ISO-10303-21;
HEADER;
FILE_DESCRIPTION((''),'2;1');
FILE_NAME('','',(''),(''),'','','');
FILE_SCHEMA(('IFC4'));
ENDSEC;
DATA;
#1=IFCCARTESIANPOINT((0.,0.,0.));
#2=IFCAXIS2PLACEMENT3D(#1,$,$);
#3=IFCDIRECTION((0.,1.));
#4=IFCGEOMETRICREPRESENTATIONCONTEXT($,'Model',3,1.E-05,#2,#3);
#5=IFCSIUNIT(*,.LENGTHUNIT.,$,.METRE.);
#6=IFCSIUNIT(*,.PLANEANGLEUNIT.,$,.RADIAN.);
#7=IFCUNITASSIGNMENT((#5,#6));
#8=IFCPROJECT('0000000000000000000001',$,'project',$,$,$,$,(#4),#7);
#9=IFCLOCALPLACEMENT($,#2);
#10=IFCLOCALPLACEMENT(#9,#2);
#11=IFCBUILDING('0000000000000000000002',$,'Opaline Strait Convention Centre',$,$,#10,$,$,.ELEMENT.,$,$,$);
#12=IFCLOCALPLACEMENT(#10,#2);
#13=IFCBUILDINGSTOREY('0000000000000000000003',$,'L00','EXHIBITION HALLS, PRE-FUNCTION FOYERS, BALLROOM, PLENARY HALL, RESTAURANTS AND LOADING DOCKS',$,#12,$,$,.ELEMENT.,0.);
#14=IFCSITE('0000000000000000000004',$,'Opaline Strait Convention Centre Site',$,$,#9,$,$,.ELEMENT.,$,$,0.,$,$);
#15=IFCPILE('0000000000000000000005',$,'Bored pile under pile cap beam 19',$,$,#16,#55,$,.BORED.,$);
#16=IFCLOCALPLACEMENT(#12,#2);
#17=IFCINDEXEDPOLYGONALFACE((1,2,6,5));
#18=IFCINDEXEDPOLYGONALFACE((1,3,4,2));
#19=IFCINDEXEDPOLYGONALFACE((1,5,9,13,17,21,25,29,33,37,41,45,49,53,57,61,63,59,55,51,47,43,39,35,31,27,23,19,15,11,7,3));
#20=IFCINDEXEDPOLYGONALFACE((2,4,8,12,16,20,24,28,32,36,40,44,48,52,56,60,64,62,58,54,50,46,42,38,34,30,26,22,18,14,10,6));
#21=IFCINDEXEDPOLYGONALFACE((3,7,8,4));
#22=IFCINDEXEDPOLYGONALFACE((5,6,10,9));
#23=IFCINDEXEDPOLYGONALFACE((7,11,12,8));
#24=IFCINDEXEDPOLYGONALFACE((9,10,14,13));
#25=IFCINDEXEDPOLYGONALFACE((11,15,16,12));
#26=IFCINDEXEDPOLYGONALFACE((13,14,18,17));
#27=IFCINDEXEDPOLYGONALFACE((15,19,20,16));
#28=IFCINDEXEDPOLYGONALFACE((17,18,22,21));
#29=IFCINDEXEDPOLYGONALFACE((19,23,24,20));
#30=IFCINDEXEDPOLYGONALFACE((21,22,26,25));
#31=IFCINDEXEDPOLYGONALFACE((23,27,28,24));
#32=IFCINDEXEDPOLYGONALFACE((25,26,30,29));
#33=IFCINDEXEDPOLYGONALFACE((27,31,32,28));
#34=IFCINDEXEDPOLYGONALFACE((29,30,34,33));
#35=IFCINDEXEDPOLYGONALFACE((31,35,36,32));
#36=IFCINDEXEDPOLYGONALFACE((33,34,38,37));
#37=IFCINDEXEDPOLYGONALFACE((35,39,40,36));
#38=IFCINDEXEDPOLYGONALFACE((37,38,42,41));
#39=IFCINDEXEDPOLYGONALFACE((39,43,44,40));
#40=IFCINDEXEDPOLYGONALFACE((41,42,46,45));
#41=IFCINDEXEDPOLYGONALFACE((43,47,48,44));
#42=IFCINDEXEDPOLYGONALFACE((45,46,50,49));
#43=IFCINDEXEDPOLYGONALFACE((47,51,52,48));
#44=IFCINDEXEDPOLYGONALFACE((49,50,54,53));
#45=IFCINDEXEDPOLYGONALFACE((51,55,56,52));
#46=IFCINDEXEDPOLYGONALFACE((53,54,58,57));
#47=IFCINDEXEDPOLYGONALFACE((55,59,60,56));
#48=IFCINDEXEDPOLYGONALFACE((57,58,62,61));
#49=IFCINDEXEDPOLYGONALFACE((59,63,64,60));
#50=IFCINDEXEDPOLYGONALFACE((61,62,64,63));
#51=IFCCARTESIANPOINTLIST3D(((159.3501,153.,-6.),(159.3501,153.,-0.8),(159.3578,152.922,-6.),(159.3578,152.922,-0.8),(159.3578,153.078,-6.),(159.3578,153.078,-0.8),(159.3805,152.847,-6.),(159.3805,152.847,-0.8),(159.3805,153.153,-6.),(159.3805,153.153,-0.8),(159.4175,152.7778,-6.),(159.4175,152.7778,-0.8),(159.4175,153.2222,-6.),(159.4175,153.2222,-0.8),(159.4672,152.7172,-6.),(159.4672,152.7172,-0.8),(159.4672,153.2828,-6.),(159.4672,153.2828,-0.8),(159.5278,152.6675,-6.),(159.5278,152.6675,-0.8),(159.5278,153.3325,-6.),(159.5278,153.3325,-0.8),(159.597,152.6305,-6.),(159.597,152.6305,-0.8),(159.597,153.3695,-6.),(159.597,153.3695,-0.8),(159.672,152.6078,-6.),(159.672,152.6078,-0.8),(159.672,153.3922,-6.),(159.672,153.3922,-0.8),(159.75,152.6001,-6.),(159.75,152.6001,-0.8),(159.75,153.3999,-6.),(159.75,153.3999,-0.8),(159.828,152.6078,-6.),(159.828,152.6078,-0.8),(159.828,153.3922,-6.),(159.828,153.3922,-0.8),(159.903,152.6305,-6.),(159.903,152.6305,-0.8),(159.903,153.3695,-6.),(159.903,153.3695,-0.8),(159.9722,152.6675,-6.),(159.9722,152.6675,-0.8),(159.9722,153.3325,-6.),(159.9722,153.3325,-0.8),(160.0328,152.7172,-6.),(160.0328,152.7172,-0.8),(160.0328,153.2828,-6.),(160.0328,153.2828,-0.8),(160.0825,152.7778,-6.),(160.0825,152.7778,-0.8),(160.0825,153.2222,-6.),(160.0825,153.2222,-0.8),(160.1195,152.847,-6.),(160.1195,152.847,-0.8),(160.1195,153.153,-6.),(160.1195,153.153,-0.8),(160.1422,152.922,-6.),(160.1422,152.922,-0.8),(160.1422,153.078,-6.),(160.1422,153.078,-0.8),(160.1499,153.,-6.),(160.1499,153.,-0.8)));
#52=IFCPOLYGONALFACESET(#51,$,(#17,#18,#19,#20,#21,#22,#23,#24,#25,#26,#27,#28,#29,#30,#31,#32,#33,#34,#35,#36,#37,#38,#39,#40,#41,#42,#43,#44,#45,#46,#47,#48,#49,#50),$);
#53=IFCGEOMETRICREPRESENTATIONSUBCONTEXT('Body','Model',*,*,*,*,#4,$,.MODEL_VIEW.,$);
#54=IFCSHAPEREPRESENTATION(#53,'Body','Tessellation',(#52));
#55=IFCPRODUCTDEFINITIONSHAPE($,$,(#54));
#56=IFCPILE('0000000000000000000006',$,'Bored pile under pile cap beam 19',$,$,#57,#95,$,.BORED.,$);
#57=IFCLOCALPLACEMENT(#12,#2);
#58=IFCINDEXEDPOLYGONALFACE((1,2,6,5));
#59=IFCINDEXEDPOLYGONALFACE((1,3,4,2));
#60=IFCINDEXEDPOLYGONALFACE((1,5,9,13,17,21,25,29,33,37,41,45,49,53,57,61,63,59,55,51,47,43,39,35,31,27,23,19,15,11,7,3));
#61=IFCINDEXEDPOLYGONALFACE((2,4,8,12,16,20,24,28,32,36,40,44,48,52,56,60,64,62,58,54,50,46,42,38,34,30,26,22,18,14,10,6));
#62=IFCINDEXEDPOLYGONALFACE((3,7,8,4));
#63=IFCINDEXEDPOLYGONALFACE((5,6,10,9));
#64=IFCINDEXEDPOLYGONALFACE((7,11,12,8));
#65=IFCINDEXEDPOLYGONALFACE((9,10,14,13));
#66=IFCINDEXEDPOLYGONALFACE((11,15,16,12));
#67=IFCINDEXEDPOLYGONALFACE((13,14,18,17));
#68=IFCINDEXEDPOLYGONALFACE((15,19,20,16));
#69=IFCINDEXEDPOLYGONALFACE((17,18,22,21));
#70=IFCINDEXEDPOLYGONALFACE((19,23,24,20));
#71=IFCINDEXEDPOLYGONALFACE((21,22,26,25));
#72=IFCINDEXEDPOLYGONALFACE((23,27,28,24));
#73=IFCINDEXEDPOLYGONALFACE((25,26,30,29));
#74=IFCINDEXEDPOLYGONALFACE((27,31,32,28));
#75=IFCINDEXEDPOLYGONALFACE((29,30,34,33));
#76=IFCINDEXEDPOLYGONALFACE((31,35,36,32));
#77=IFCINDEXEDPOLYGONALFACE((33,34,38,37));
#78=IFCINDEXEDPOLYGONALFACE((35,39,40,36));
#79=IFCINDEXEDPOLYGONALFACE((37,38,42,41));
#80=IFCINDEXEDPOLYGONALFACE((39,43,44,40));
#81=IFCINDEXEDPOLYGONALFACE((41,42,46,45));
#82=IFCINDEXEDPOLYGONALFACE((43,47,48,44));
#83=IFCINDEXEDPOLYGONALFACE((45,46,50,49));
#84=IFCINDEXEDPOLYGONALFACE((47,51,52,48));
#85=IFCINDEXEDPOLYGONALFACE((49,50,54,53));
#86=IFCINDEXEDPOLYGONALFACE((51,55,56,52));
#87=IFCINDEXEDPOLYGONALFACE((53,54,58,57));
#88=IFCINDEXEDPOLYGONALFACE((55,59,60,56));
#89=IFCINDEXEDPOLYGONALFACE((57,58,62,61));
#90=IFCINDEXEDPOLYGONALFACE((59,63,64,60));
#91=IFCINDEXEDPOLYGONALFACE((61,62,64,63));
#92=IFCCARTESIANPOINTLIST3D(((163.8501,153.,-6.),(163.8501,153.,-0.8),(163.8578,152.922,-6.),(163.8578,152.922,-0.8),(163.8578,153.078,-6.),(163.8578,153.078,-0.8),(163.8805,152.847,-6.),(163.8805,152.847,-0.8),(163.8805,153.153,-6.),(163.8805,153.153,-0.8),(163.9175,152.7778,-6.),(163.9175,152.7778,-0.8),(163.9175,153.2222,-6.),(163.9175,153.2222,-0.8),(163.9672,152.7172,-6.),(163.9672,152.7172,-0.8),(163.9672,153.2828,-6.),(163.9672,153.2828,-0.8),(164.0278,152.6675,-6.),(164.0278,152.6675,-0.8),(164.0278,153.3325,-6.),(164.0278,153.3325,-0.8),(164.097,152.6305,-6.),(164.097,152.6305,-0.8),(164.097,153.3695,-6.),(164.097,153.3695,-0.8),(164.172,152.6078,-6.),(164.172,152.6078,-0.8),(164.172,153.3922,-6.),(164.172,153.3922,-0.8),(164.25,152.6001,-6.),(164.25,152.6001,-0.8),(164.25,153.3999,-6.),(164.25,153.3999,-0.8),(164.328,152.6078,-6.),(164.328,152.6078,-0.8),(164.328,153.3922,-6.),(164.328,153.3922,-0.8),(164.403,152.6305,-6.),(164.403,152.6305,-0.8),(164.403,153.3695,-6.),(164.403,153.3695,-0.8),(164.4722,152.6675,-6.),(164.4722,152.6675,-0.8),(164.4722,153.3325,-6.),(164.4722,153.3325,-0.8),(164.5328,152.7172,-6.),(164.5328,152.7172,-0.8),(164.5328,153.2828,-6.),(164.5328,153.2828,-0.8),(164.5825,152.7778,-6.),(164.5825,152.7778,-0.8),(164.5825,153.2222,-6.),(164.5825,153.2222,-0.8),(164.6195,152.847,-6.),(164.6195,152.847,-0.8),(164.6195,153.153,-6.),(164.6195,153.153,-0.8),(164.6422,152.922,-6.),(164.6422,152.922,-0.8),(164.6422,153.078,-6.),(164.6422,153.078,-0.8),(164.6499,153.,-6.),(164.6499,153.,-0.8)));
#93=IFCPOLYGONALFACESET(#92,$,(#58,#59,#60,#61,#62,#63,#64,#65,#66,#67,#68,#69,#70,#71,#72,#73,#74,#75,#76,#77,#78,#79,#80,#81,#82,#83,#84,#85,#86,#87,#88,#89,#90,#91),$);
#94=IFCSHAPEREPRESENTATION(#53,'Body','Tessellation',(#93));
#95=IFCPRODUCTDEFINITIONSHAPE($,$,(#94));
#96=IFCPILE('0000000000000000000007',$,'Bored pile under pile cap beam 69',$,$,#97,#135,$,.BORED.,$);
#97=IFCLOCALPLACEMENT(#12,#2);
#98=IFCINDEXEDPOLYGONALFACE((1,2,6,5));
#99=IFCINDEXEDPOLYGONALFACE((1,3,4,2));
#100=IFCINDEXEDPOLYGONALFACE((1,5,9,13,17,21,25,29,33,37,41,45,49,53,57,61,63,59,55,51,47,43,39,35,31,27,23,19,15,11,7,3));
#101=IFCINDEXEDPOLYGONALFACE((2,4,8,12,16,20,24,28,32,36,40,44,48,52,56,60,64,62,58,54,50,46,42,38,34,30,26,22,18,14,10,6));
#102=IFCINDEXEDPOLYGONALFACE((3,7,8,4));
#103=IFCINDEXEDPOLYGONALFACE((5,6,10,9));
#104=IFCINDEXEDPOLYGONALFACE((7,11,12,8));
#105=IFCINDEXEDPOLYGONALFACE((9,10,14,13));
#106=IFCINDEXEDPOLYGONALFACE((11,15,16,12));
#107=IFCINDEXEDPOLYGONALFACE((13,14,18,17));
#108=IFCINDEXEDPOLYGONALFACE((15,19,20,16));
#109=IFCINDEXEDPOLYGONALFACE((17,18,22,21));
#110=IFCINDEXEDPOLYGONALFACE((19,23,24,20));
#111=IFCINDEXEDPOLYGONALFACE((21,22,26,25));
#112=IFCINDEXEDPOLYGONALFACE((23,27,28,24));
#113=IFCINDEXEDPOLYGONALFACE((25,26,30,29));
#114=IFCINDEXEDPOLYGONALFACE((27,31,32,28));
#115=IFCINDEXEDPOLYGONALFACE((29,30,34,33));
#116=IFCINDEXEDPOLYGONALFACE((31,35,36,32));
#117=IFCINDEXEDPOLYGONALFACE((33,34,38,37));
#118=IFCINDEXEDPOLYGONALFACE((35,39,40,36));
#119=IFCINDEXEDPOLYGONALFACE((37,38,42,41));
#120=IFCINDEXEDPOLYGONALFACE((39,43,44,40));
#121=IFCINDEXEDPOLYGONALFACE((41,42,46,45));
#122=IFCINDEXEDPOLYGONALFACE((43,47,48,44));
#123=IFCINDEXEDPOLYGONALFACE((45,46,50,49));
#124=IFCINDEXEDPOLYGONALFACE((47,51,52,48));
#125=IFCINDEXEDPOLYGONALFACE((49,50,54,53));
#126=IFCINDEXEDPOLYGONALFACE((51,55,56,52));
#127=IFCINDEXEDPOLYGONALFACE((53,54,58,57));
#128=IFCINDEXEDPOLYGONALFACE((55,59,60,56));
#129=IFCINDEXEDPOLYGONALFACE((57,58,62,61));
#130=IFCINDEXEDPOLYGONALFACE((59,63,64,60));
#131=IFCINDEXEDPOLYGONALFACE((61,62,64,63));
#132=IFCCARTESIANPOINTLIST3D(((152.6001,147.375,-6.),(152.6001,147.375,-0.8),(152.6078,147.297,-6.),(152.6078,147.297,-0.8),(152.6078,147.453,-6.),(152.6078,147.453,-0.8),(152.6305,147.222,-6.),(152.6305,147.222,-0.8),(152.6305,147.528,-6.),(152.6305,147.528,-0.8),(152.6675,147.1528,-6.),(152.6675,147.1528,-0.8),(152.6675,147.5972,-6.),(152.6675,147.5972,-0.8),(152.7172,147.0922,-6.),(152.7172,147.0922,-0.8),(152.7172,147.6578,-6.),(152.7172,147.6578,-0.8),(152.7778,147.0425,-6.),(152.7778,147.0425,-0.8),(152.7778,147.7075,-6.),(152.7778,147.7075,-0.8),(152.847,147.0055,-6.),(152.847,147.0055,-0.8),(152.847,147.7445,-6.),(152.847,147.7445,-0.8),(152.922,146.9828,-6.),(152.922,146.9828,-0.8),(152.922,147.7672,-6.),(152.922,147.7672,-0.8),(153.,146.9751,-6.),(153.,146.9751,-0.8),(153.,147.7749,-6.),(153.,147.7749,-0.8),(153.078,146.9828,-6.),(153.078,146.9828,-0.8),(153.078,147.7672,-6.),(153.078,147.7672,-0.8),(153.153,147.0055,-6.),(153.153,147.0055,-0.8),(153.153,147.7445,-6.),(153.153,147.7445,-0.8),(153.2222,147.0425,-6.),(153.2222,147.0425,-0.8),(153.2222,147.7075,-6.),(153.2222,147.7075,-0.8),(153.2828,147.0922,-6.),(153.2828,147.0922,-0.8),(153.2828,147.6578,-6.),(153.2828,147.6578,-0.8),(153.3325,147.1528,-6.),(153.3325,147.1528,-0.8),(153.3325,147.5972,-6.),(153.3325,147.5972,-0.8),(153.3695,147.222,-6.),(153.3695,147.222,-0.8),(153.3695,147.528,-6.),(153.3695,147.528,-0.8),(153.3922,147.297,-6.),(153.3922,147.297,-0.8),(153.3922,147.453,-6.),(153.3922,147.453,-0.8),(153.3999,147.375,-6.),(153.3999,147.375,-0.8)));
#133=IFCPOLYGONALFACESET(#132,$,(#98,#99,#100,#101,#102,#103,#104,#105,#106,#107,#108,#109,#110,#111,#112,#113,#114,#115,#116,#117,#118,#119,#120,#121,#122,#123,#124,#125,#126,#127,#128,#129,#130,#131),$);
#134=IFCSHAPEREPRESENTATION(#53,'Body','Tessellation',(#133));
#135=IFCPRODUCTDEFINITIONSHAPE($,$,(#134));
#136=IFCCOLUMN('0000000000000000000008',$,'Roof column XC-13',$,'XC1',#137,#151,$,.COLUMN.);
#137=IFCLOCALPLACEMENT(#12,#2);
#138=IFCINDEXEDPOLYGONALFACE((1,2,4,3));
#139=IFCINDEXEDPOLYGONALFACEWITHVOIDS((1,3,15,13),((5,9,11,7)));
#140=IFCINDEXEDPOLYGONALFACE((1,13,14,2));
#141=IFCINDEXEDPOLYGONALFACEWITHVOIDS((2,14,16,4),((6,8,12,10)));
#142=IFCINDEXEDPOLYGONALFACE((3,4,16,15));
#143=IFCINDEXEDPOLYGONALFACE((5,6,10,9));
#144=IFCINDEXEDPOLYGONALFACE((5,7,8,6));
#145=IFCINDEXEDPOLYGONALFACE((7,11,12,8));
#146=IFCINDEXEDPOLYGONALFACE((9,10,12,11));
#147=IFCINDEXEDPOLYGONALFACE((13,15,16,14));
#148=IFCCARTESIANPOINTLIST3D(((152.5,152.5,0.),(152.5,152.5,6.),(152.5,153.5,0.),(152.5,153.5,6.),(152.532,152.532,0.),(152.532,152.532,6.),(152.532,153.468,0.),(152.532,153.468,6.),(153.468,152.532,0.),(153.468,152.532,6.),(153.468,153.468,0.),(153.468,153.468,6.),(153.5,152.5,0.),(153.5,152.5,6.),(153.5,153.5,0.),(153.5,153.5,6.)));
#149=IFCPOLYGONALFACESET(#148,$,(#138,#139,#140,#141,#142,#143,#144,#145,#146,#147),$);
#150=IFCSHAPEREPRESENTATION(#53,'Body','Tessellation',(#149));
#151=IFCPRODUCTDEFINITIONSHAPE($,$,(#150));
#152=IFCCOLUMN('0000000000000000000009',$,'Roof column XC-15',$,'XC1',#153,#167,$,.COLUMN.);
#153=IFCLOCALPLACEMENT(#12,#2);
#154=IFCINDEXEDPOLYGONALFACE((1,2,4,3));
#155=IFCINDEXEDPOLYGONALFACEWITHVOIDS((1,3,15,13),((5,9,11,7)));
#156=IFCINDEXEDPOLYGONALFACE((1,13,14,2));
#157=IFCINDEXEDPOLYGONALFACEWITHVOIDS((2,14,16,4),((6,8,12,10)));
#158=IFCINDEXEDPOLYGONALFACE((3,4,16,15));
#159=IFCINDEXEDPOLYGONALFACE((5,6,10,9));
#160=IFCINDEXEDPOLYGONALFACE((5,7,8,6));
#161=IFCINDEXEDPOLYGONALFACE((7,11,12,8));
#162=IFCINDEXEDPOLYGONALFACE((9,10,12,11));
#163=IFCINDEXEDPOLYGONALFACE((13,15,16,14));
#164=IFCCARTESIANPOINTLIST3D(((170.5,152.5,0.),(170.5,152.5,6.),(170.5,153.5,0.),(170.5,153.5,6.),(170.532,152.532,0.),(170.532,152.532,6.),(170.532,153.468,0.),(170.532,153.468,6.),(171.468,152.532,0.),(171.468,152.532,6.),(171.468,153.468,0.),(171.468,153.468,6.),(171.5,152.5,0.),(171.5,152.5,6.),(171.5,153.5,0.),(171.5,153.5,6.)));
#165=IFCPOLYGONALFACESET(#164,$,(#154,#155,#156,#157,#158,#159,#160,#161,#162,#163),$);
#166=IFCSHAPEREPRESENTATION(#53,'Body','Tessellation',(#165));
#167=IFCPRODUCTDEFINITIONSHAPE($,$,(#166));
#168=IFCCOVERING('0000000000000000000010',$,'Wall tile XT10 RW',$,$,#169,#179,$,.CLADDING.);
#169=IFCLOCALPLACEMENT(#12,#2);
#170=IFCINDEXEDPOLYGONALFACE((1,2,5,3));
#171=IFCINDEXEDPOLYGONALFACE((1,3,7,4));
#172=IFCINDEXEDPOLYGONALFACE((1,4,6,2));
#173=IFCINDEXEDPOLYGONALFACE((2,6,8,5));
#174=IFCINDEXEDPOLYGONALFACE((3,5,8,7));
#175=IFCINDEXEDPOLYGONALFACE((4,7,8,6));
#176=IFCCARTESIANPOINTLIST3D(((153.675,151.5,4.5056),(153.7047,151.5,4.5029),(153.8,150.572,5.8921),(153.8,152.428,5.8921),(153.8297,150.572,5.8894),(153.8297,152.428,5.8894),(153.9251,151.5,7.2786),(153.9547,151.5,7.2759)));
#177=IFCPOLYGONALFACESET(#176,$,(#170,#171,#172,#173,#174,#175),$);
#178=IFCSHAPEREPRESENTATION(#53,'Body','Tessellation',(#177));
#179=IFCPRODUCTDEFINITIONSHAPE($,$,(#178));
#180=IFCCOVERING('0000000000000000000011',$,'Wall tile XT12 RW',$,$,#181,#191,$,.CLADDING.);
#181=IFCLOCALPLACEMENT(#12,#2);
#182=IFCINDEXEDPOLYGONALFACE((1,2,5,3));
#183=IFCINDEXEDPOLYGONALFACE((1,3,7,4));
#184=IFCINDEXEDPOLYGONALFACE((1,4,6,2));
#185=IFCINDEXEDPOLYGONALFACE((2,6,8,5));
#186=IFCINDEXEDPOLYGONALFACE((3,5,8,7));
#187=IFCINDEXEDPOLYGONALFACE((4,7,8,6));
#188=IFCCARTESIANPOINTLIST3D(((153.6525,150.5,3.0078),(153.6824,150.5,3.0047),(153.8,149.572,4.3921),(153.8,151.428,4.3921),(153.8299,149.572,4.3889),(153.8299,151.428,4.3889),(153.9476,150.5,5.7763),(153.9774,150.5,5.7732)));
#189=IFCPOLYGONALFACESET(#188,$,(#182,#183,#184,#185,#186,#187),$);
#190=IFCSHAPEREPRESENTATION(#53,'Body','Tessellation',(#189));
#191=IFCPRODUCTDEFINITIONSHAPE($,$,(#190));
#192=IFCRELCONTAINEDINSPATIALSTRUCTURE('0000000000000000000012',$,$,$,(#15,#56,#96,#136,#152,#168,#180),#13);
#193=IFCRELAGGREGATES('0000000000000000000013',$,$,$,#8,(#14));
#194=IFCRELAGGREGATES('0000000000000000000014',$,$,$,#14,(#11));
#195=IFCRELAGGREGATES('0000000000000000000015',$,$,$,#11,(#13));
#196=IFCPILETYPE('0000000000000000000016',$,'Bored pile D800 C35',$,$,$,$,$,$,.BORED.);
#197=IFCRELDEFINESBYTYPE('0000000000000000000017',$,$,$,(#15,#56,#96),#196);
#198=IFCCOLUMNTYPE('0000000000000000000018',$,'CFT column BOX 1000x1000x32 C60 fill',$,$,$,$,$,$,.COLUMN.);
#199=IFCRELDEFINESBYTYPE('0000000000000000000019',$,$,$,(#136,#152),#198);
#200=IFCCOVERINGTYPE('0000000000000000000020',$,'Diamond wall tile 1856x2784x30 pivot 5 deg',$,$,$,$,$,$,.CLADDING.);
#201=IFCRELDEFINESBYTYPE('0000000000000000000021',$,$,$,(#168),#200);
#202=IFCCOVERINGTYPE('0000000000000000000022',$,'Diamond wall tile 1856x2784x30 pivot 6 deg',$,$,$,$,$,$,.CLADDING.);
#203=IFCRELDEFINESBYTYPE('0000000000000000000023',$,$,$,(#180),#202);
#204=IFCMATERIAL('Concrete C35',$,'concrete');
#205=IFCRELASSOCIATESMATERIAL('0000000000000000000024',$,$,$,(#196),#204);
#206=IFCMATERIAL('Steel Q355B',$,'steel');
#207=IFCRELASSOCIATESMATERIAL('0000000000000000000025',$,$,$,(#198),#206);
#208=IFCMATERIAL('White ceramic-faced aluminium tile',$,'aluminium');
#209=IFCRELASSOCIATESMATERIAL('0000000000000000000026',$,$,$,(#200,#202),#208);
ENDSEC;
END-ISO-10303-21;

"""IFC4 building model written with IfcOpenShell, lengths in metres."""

from ifc_helpers import new_model, si_unit, direction, frame, origin, origin_2d, place, context, subcontext, project, spatial, polyline, hollow_rectangle, circle, outline, extrude, material, material_profile, profile_set, type_object, element, save


model = new_model("IFC4")

# Units and contexts
model_context = context("Model", 3, precision=1e-05, world=origin(), true_north=direction((0.0, 1.0)))
body_context = subcontext(model_context, "Body", "Model", "MODEL_VIEW")
ifc_project = project(units=[si_unit("LENGTHUNIT", "METRE"), si_unit("PLANEANGLEUNIT", "RADIAN")], contexts=[model_context])

# Site, building, storey
site_placement = place(None, origin())
site = spatial("IfcSite", under=ifc_project, at=site_placement, Name="Opaline Strait Convention Centre Site", CompositionType="ELEMENT", RefElevation=0.0)
building_placement = place(site_placement, origin())
building = spatial("IfcBuilding", under=site, at=building_placement, Name="Opaline Strait Convention Centre", CompositionType="ELEMENT")
storey_placement = place(building_placement, origin())
storey = spatial("IfcBuildingStorey", under=building, at=storey_placement, Name="L00", Description="EXHIBITION HALLS, PRE-FUNCTION FOYERS, BALLROOM, PLENARY HALL, RESTAURANTS AND LOADING DOCKS", CompositionType="ELEMENT", Elevation=0.0)

# Piles
ifc_material_1 = material(Name="Concrete C35", Category="concrete")
ifc_material_profile_1 = material_profile(ifc_material_1, circle(Radius=0.3999, at=origin_2d()), Name="D800")
ifc_profile_set_1 = profile_set([ifc_material_profile_1], Name="Concrete C35")
pile_type_1 = type_object("IfcPileType", Name="Bored pile D800 C35", PredefinedType="BORED", material=ifc_profile_set_1)
for number, where, z_axis, x_axis, name in (
    (1, (159.75, 153.0, -0.8), (0.0, 0.0, -1.0), (1.0, 0.0, 0.0), "Bored pile under pile cap beam 19"),
    (2, (164.25, 153.0, -0.8), (0.0, 0.0, -1.0), (1.0, 0.0, 0.0), "Bored pile under pile cap beam 19"),
    (3, (153.0, 147.375, -0.8), (0.0, 0.0, -1.0), (1.0, 0.0, 0.0), "Bored pile under pile cap beam 69"),
):
    element("IfcPile", number, at=place(storey_placement, frame(where, z_axis=z_axis, x_axis=x_axis)), inside=storey, type_object=pile_type_1, Name=name, PredefinedType="BORED", context=body_context, shape_type="SweptSolid", body=[
        extrude(circle(Radius=0.3999, at=origin_2d()), origin(), (0.0, 0.0, 1.0), 5.2),
    ])

# Columns
ifc_material_2 = material(Name="Steel Q355B", Category="steel")
ifc_material_profile_2 = material_profile(ifc_material_2, hollow_rectangle(XDim=1.0, YDim=1.0, WallThickness=0.032, at=origin_2d()), Name="BOX 1000x1000x32")
ifc_profile_set_2 = profile_set([ifc_material_profile_2], Name="Steel Q355B")
column_type = type_object("IfcColumnType", Name="CFT column BOX 1000x1000x32 C60 fill", PredefinedType="COLUMN", material=ifc_profile_set_2)
for number, where, z_axis, x_axis, name in (
    (4, (153.0, 153.0, 0.0), (0.0, 0.0, 1.0), (1.0, 0.0, 0.0), "Roof column XC-13"),
    (5, (171.0, 153.0, 0.0), (0.0, 0.0, 1.0), (1.0, 0.0, 0.0), "Roof column XC-15"),
):
    element("IfcColumn", number, at=place(storey_placement, frame(where, z_axis=z_axis, x_axis=x_axis)), inside=storey, type_object=column_type, Name=name, ObjectType="XC1", PredefinedType="COLUMN", context=body_context, shape_type="SweptSolid", body=[
        extrude(hollow_rectangle(XDim=1.0, YDim=1.0, WallThickness=0.032, at=origin_2d()), origin(), (0.0, 0.0, 1.0), 6.0),
    ])

# Coverings
ifc_material_3 = material(Name="White ceramic-faced aluminium tile", Category="aluminium")
ifc_material_profile_3 = material_profile(ifc_material_3, outline(polyline([(0.928, 0.0), (0.0, 1.3921), (-0.928, 0.0), (0.0, -1.3921), (0.928, 0.0)])), Name="Diamond tile 1856x2784")
ifc_profile_set_3 = profile_set([ifc_material_profile_3], Name="White ceramic-faced aluminium tile")
covering_type_1 = type_object("IfcCoveringType", Name="Diamond wall tile 1856x2784x30 pivot 5 deg", PredefinedType="CLADDING", material=ifc_profile_set_3)
covering_1_placement = place(storey_placement, frame((153.8, 151.5, 5.8921), z_axis=(0.99596, 0.0, -0.0898), x_axis=(0.0, 1.0, 0.0)))
element("IfcCovering", 6, at=covering_1_placement, inside=storey, type_object=covering_type_1, Name="Wall tile XT10 RW", PredefinedType="CLADDING", context=body_context, shape_type="SweptSolid", body=[
    extrude(outline(polyline([(0.928, 0.0), (0.0, 1.3921), (-0.928, 0.0), (0.0, -1.3921), (0.928, 0.0)])), origin(), (0.0, 0.0, 1.0), 0.0298),
])
ifc_material_profile_4 = material_profile(ifc_material_3, outline(polyline([(0.928, 0.0), (0.0, 1.3921), (-0.928, 0.0), (0.0, -1.3921), (0.928, 0.0)])), Name="Diamond tile 1856x2784")
ifc_profile_set_4 = profile_set([ifc_material_profile_4], Name="White ceramic-faced aluminium tile")
covering_type_2 = type_object("IfcCoveringType", Name="Diamond wall tile 1856x2784x30 pivot 6 deg", PredefinedType="CLADDING", material=ifc_profile_set_4)
covering_2_placement = place(storey_placement, frame((153.8, 150.5, 4.3921), z_axis=(0.994371, 0.0, -0.105958), x_axis=(0.0, 1.0, 0.0)))
element("IfcCovering", 7, at=covering_2_placement, inside=storey, type_object=covering_type_2, Name="Wall tile XT12 RW", PredefinedType="CLADDING", context=body_context, shape_type="SweptSolid", body=[
    extrude(outline(polyline([(0.928, 0.0), (0.0, 1.3921), (-0.928, 0.0), (0.0, -1.3921), (0.928, 0.0)])), origin(), (0.0, 0.0, 1.0), 0.03),
])

save(model, "model.ifc")
